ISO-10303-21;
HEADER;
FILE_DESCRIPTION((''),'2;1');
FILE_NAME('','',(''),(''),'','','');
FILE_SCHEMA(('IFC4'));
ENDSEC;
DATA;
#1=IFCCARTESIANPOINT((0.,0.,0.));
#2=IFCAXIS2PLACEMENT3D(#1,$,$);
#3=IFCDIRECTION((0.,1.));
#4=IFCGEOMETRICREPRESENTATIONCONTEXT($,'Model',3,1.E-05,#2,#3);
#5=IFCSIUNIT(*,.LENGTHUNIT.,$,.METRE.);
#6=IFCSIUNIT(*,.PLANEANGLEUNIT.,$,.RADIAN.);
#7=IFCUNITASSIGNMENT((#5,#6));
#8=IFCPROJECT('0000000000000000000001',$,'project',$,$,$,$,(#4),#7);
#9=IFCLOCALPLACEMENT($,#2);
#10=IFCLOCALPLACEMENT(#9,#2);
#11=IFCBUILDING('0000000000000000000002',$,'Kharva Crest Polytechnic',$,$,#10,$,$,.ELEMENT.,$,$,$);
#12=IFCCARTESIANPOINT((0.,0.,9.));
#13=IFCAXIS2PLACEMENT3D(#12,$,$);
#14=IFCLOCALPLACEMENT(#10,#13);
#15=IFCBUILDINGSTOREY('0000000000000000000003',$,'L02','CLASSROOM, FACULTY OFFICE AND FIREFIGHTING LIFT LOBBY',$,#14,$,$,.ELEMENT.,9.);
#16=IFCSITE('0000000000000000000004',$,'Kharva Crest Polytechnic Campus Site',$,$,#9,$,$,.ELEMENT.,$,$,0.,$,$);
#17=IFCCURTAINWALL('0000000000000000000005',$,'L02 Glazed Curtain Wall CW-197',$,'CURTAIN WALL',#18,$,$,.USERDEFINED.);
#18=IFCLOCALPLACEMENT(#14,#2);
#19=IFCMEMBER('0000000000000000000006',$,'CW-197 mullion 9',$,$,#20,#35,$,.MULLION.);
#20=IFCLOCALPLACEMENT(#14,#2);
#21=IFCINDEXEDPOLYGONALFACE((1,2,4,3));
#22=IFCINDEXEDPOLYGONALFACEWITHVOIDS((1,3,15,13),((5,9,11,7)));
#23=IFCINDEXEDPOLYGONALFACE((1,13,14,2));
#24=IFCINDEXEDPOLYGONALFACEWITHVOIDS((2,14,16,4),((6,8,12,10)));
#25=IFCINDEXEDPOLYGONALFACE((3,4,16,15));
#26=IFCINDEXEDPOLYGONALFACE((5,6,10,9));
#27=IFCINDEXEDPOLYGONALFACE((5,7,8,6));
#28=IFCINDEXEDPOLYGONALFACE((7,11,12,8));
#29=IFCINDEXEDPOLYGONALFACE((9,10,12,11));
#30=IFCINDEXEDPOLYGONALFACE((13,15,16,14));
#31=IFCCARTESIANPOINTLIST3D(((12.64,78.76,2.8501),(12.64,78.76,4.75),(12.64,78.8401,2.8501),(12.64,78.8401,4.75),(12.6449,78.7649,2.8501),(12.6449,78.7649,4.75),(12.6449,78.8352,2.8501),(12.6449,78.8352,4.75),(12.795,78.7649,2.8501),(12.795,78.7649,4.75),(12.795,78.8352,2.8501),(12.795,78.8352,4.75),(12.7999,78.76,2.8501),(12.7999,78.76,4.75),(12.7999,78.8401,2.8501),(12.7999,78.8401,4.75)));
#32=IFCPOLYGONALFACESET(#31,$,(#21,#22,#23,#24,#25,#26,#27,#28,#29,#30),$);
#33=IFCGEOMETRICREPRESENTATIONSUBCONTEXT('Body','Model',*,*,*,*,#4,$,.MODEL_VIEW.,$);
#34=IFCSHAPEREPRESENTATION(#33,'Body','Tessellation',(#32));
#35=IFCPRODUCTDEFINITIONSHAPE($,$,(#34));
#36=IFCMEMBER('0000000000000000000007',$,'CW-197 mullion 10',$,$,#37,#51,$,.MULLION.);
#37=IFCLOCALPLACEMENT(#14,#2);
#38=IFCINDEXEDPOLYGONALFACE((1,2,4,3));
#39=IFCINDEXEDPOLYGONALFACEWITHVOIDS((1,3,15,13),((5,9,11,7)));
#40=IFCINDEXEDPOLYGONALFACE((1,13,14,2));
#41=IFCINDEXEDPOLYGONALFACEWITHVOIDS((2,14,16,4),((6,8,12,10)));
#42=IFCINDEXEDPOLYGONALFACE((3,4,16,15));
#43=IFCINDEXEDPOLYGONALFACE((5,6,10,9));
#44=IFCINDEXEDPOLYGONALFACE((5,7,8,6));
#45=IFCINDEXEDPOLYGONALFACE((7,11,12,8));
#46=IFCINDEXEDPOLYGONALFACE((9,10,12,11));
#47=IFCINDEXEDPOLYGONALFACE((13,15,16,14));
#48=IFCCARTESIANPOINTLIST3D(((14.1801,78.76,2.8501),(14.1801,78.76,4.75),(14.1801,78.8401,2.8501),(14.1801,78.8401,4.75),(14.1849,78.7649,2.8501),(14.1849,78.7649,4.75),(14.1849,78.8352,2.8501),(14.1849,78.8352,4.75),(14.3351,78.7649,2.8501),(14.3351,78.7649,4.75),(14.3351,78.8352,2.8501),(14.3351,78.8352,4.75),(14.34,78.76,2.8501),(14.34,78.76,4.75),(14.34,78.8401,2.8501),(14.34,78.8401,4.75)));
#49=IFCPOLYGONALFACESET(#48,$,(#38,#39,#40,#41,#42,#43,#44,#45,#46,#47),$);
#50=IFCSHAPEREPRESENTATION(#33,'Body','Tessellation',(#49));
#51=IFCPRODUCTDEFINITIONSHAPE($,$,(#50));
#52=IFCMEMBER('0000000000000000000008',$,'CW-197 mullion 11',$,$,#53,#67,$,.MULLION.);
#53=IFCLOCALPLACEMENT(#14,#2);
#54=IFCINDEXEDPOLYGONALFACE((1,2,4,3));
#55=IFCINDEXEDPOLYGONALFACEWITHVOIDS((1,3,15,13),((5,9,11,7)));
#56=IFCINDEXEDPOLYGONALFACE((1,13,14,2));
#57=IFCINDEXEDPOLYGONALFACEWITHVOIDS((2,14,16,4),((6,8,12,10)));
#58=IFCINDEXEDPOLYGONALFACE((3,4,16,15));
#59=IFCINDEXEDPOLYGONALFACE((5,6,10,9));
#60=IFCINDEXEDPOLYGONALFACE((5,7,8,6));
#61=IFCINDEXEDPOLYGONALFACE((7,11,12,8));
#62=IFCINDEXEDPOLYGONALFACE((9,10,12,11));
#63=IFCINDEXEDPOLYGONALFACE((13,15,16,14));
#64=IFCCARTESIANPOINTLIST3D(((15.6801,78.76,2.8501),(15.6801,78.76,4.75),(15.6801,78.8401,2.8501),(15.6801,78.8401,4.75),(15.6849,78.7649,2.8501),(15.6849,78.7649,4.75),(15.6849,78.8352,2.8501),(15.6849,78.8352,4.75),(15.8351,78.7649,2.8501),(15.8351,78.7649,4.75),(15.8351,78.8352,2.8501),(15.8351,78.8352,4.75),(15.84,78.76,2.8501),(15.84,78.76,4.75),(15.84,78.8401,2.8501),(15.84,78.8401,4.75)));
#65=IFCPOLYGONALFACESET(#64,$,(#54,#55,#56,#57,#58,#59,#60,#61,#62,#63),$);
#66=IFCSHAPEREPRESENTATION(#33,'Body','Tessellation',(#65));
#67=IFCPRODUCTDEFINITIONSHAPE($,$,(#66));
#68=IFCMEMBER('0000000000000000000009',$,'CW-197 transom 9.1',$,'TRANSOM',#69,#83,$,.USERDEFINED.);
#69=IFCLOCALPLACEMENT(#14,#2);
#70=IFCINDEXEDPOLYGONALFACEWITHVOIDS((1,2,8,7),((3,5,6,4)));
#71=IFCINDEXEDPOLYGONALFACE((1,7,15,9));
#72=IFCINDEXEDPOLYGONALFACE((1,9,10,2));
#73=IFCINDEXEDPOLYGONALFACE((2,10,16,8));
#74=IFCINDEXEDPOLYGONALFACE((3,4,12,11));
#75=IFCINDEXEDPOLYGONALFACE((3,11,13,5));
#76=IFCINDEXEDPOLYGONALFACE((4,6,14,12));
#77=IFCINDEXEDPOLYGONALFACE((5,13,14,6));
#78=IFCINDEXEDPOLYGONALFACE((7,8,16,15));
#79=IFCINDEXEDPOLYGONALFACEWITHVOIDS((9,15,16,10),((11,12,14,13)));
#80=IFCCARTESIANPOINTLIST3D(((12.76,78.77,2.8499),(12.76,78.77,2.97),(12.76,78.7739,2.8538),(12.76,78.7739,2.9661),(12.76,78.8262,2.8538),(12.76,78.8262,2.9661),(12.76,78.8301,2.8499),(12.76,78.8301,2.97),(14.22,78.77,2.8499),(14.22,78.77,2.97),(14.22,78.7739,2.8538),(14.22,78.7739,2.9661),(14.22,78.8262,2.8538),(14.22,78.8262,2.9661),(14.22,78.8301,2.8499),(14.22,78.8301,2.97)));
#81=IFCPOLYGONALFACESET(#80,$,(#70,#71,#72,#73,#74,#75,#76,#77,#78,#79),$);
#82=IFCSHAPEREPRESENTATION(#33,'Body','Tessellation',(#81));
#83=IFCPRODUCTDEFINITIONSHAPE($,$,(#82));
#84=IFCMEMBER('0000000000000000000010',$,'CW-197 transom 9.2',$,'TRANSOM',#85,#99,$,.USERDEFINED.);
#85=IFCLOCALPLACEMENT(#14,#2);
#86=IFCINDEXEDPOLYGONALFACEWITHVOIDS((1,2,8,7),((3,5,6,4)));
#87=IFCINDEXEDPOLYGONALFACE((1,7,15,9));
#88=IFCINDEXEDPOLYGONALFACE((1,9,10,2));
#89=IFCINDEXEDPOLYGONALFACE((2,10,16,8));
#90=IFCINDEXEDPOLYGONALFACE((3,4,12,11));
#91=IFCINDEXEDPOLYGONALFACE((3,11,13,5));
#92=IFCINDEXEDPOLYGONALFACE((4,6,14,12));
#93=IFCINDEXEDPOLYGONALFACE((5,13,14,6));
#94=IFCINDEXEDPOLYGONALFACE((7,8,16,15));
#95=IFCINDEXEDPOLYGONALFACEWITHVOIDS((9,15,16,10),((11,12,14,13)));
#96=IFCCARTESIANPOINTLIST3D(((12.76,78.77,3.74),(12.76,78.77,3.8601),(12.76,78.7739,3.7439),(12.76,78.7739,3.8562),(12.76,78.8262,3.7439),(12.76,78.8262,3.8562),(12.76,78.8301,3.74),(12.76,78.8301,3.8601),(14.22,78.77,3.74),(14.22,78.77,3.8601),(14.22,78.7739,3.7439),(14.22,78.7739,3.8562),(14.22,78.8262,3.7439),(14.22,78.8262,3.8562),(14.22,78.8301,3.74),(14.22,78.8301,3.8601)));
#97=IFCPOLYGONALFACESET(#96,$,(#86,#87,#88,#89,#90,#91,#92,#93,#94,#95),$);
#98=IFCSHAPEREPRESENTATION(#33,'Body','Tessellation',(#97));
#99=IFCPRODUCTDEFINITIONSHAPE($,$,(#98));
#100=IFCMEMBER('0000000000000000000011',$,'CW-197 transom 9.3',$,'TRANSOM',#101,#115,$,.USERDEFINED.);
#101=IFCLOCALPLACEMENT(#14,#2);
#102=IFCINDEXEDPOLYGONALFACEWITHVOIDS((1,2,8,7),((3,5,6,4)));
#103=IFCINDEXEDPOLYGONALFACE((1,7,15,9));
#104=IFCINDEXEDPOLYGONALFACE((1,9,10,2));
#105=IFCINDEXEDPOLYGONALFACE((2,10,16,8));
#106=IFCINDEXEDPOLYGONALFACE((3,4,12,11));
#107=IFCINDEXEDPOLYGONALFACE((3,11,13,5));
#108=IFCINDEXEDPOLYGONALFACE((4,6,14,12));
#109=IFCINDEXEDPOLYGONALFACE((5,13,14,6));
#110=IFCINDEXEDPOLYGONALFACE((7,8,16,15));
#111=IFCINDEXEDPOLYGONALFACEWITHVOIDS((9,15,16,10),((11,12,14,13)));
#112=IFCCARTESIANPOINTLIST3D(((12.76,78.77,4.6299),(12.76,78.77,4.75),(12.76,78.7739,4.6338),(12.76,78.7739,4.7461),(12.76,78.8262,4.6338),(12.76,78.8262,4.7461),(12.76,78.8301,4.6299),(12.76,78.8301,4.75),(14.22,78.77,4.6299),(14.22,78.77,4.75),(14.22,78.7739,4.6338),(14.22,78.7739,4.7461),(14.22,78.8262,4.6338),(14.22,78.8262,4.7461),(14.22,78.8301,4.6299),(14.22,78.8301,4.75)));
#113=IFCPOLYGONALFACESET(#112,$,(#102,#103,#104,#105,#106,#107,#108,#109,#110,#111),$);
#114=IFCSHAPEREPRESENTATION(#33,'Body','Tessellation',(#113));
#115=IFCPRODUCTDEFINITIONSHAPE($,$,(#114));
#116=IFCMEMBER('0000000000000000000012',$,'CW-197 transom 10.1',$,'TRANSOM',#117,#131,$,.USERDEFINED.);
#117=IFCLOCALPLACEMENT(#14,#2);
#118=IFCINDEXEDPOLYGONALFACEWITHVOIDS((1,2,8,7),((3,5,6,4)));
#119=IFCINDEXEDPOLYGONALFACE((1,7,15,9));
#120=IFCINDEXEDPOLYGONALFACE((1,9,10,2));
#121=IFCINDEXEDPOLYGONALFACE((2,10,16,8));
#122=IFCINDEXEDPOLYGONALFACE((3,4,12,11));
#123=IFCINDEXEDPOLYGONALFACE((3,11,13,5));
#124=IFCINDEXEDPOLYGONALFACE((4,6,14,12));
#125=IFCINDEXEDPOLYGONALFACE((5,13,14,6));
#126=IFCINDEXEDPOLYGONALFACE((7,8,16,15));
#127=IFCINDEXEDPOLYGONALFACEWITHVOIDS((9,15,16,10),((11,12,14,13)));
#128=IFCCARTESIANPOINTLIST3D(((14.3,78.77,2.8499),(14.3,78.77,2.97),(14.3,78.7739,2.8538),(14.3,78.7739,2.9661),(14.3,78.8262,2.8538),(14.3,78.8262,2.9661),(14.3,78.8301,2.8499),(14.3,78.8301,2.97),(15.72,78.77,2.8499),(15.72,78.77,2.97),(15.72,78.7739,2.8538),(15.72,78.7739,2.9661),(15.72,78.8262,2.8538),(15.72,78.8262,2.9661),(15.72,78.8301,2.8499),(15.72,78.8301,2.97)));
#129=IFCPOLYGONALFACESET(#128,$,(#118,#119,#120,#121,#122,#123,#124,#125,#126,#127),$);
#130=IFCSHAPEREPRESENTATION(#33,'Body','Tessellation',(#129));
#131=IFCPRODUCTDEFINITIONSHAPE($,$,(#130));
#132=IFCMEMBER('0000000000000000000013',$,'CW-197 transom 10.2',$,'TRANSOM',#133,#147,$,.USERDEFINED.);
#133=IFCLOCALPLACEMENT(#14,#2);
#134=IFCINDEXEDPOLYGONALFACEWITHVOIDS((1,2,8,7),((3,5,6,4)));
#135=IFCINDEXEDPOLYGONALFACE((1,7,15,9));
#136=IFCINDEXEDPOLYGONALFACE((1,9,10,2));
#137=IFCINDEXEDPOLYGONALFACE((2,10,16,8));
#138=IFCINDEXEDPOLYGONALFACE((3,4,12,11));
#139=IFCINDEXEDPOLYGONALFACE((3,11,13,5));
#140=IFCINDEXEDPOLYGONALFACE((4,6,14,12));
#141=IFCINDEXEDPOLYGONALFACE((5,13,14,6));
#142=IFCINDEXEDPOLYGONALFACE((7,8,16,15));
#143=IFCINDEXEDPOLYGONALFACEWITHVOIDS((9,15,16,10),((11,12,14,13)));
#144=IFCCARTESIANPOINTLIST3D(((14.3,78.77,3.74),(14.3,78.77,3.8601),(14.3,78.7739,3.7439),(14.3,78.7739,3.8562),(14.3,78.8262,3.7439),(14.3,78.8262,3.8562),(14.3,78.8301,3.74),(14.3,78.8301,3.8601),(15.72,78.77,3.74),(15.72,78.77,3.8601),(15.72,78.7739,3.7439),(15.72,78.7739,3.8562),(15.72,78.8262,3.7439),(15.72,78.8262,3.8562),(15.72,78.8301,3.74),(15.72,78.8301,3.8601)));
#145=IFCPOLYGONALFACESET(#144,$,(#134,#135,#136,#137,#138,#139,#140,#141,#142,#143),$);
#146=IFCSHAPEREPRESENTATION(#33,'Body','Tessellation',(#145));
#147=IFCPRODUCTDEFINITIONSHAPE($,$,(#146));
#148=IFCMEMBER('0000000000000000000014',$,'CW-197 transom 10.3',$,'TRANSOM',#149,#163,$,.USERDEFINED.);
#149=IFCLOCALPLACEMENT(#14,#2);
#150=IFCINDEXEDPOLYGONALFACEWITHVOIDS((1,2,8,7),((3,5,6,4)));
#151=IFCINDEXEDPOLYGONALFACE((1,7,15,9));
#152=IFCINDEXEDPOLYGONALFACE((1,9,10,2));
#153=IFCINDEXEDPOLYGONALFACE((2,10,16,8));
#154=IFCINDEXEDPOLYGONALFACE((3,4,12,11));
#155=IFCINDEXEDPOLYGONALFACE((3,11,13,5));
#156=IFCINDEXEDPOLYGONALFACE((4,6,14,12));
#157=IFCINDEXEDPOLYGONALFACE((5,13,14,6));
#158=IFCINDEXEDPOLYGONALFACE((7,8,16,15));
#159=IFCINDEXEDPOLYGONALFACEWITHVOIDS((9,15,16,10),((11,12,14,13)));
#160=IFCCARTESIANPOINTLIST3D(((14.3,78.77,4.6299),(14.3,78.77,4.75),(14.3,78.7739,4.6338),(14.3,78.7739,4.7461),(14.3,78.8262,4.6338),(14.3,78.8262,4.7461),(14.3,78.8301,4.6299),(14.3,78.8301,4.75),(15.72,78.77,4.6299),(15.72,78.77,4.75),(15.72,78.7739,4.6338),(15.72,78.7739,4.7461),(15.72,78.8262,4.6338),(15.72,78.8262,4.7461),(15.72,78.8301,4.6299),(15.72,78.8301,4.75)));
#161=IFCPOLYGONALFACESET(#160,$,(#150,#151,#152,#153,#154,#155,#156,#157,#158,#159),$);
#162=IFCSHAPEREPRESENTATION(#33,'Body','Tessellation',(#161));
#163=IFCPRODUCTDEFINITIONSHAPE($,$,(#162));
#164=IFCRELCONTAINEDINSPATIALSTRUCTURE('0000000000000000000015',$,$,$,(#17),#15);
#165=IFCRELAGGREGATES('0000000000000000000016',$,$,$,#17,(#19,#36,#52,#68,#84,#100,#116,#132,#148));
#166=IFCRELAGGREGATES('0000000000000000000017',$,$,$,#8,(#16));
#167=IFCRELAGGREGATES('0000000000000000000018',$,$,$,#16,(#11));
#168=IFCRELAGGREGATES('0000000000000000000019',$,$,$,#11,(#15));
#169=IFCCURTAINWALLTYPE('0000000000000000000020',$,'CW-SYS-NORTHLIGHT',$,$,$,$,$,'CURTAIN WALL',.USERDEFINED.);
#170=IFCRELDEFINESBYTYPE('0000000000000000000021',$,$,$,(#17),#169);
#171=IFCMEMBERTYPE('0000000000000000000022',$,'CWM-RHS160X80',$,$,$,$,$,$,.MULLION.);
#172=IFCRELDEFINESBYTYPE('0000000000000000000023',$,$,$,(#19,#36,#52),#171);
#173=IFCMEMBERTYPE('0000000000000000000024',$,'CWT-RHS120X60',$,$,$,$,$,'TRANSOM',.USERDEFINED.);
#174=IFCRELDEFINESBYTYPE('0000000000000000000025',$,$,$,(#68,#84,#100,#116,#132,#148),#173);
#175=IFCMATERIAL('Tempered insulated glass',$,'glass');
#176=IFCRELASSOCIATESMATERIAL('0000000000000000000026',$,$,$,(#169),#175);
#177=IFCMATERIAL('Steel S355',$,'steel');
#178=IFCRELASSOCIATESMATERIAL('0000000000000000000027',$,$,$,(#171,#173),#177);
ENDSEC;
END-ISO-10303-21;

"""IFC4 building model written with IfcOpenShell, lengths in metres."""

from ifc_helpers import new_model, si_unit, direction, frame, origin, origin_2d, place, context, subcontext, project, spatial, hollow_rectangle, extrude, material, material_profile, profile_set, type_object, element, aggregate, save


model = new_model("IFC4")

# Units and contexts
model_context = context("Model", 3, precision=1e-05, world=origin(), true_north=direction((0.0, 1.0)))
body_context = subcontext(model_context, "Body", "Model", "MODEL_VIEW")
ifc_project = project(units=[si_unit("LENGTHUNIT", "METRE"), si_unit("PLANEANGLEUNIT", "RADIAN")], contexts=[model_context])

# Site, building, storey
site_placement = place(None, origin())
site = spatial("IfcSite", under=ifc_project, at=site_placement, Name="Kharva Crest Polytechnic Campus Site", CompositionType="ELEMENT", RefElevation=0.0)
building_placement = place(site_placement, origin())
building = spatial("IfcBuilding", under=site, at=building_placement, Name="Kharva Crest Polytechnic", CompositionType="ELEMENT")
storey_placement = place(building_placement, frame((0.0, 0.0, 9.0)))
storey = spatial("IfcBuildingStorey", under=building, at=storey_placement, Name="L02", Description="CLASSROOM, FACULTY OFFICE AND FIREFIGHTING LIFT LOBBY", CompositionType="ELEMENT", Elevation=9.0)

# Curtain wall, members
ifc_material_1 = material(Name="Tempered insulated glass", Category="glass")
curtain_wall_type = type_object("IfcCurtainWallType", Name="CW-SYS-NORTHLIGHT", ElementType="CURTAIN WALL", PredefinedType="USERDEFINED", material=ifc_material_1)
curtain_wall_placement = place(storey_placement, origin())
curtain_wall = element("IfcCurtainWall", 1, at=curtain_wall_placement, inside=storey, type_object=curtain_wall_type, Name="L02 Glazed Curtain Wall CW-197", ObjectType="CURTAIN WALL", PredefinedType="USERDEFINED")
ifc_material_2 = material(Name="Steel S355", Category="steel")
ifc_material_profile_1 = material_profile(ifc_material_2, hollow_rectangle(XDim=0.0801, YDim=0.1599, WallThickness=0.0049, at=origin_2d()), Name="RHS 160X80X5.0")
ifc_profile_set_1 = profile_set([ifc_material_profile_1], Name="Steel S355")
member_type_1 = type_object("IfcMemberType", Name="CWM-RHS160X80", PredefinedType="MULLION", material=ifc_profile_set_1)
member_1_placement = place(storey_placement, frame((12.72, 78.8, 2.8501), z_axis=(0.0, 0.0, 1.0), x_axis=(0.0, 1.0, 0.0)))
member_1 = element("IfcMember", 2, at=member_1_placement, type_object=member_type_1, Name="CW-197 mullion 9", PredefinedType="MULLION", context=body_context, shape_type="SweptSolid", body=[
    extrude(hollow_rectangle(XDim=0.0801, YDim=0.1599, WallThickness=0.0049, at=origin_2d()), origin(), (0.0, 0.0, 1.0), 1.8999),
])
member_2_placement = place(storey_placement, frame((14.26, 78.8, 2.8501), z_axis=(0.0, 0.0, 1.0), x_axis=(0.0, 1.0, 0.0)))
member_2 = element("IfcMember", 3, at=member_2_placement, type_object=member_type_1, Name="CW-197 mullion 10", PredefinedType="MULLION", context=body_context, shape_type="SweptSolid", body=[
    extrude(hollow_rectangle(XDim=0.0801, YDim=0.1599, WallThickness=0.0049, at=origin_2d()), origin(), (0.0, 0.0, 1.0), 1.8999),
])
member_3_placement = place(storey_placement, frame((15.76, 78.8, 2.8501), z_axis=(0.0, 0.0, 1.0), x_axis=(0.0, 1.0, 0.0)))
member_3 = element("IfcMember", 4, at=member_3_placement, type_object=member_type_1, Name="CW-197 mullion 11", PredefinedType="MULLION", context=body_context, shape_type="SweptSolid", body=[
    extrude(hollow_rectangle(XDim=0.0801, YDim=0.1599, WallThickness=0.0049, at=origin_2d()), origin(), (0.0, 0.0, 1.0), 1.8999),
])
ifc_material_profile_2 = material_profile(ifc_material_2, hollow_rectangle(XDim=0.0601, YDim=0.1201, WallThickness=0.0039, at=origin_2d()), Name="RHS 120X60X4.0")
ifc_profile_set_2 = profile_set([ifc_material_profile_2], Name="Steel S355")
member_type_2 = type_object("IfcMemberType", Name="CWT-RHS120X60", ElementType="TRANSOM", PredefinedType="USERDEFINED", material=ifc_profile_set_2)
member_4_placement = place(storey_placement, frame((12.76, 78.8, 2.9099), z_axis=(1.0, 0.0, 0.0), x_axis=(0.0, 1.0, 0.0)))
member_4 = element("IfcMember", 5, at=member_4_placement, type_object=member_type_2, Name="CW-197 transom 9.1", ObjectType="TRANSOM", PredefinedType="USERDEFINED", context=body_context, shape_type="SweptSolid", body=[
    extrude(hollow_rectangle(XDim=0.0601, YDim=0.1201, WallThickness=0.0039, at=origin_2d()), origin(), (0.0, 0.0, 1.0), 1.46),
])
member_5_placement = place(storey_placement, frame((12.76, 78.8, 3.8), z_axis=(1.0, 0.0, 0.0), x_axis=(0.0, 1.0, 0.0)))
member_5 = element("IfcMember", 6, at=member_5_placement, type_object=member_type_2, Name="CW-197 transom 9.2", ObjectType="TRANSOM", PredefinedType="USERDEFINED", context=body_context, shape_type="SweptSolid", body=[
    extrude(hollow_rectangle(XDim=0.0601, YDim=0.1201, WallThickness=0.0039, at=origin_2d()), origin(), (0.0, 0.0, 1.0), 1.46),
])
member_6_placement = place(storey_placement, frame((12.76, 78.8, 4.6899), z_axis=(1.0, 0.0, 0.0), x_axis=(0.0, 1.0, 0.0)))
member_6 = element("IfcMember", 7, at=member_6_placement, type_object=member_type_2, Name="CW-197 transom 9.3", ObjectType="TRANSOM", PredefinedType="USERDEFINED", context=body_context, shape_type="SweptSolid", body=[
    extrude(hollow_rectangle(XDim=0.0601, YDim=0.1201, WallThickness=0.0039, at=origin_2d()), origin(), (0.0, 0.0, 1.0), 1.46),
])
member_7_placement = place(storey_placement, frame((14.3, 78.8, 2.9099), z_axis=(1.0, 0.0, 0.0), x_axis=(0.0, 1.0, 0.0)))
member_7 = element("IfcMember", 8, at=member_7_placement, type_object=member_type_2, Name="CW-197 transom 10.1", ObjectType="TRANSOM", PredefinedType="USERDEFINED", context=body_context, shape_type="SweptSolid", body=[
    extrude(hollow_rectangle(XDim=0.0601, YDim=0.1201, WallThickness=0.0039, at=origin_2d()), origin(), (0.0, 0.0, 1.0), 1.4199),
])
member_8_placement = place(storey_placement, frame((14.3, 78.8, 3.8), z_axis=(1.0, 0.0, 0.0), x_axis=(0.0, 1.0, 0.0)))
member_8 = element("IfcMember", 9, at=member_8_placement, type_object=member_type_2, Name="CW-197 transom 10.2", ObjectType="TRANSOM", PredefinedType="USERDEFINED", context=body_context, shape_type="SweptSolid", body=[
    extrude(hollow_rectangle(XDim=0.0601, YDim=0.1201, WallThickness=0.0039, at=origin_2d()), origin(), (0.0, 0.0, 1.0), 1.4199),
])
member_9_placement = place(storey_placement, frame((14.3, 78.8, 4.6899), z_axis=(1.0, 0.0, 0.0), x_axis=(0.0, 1.0, 0.0)))
member_9 = element("IfcMember", 10, at=member_9_placement, type_object=member_type_2, Name="CW-197 transom 10.3", ObjectType="TRANSOM", PredefinedType="USERDEFINED", context=body_context, shape_type="SweptSolid", body=[
    extrude(hollow_rectangle(XDim=0.0601, YDim=0.1201, WallThickness=0.0039, at=origin_2d()), origin(), (0.0, 0.0, 1.0), 1.4199),
])

aggregate(curtain_wall, [member_1, member_2, member_3, member_4, member_5, member_6, member_7, member_8, member_9])

save(model, "model.ifc")
